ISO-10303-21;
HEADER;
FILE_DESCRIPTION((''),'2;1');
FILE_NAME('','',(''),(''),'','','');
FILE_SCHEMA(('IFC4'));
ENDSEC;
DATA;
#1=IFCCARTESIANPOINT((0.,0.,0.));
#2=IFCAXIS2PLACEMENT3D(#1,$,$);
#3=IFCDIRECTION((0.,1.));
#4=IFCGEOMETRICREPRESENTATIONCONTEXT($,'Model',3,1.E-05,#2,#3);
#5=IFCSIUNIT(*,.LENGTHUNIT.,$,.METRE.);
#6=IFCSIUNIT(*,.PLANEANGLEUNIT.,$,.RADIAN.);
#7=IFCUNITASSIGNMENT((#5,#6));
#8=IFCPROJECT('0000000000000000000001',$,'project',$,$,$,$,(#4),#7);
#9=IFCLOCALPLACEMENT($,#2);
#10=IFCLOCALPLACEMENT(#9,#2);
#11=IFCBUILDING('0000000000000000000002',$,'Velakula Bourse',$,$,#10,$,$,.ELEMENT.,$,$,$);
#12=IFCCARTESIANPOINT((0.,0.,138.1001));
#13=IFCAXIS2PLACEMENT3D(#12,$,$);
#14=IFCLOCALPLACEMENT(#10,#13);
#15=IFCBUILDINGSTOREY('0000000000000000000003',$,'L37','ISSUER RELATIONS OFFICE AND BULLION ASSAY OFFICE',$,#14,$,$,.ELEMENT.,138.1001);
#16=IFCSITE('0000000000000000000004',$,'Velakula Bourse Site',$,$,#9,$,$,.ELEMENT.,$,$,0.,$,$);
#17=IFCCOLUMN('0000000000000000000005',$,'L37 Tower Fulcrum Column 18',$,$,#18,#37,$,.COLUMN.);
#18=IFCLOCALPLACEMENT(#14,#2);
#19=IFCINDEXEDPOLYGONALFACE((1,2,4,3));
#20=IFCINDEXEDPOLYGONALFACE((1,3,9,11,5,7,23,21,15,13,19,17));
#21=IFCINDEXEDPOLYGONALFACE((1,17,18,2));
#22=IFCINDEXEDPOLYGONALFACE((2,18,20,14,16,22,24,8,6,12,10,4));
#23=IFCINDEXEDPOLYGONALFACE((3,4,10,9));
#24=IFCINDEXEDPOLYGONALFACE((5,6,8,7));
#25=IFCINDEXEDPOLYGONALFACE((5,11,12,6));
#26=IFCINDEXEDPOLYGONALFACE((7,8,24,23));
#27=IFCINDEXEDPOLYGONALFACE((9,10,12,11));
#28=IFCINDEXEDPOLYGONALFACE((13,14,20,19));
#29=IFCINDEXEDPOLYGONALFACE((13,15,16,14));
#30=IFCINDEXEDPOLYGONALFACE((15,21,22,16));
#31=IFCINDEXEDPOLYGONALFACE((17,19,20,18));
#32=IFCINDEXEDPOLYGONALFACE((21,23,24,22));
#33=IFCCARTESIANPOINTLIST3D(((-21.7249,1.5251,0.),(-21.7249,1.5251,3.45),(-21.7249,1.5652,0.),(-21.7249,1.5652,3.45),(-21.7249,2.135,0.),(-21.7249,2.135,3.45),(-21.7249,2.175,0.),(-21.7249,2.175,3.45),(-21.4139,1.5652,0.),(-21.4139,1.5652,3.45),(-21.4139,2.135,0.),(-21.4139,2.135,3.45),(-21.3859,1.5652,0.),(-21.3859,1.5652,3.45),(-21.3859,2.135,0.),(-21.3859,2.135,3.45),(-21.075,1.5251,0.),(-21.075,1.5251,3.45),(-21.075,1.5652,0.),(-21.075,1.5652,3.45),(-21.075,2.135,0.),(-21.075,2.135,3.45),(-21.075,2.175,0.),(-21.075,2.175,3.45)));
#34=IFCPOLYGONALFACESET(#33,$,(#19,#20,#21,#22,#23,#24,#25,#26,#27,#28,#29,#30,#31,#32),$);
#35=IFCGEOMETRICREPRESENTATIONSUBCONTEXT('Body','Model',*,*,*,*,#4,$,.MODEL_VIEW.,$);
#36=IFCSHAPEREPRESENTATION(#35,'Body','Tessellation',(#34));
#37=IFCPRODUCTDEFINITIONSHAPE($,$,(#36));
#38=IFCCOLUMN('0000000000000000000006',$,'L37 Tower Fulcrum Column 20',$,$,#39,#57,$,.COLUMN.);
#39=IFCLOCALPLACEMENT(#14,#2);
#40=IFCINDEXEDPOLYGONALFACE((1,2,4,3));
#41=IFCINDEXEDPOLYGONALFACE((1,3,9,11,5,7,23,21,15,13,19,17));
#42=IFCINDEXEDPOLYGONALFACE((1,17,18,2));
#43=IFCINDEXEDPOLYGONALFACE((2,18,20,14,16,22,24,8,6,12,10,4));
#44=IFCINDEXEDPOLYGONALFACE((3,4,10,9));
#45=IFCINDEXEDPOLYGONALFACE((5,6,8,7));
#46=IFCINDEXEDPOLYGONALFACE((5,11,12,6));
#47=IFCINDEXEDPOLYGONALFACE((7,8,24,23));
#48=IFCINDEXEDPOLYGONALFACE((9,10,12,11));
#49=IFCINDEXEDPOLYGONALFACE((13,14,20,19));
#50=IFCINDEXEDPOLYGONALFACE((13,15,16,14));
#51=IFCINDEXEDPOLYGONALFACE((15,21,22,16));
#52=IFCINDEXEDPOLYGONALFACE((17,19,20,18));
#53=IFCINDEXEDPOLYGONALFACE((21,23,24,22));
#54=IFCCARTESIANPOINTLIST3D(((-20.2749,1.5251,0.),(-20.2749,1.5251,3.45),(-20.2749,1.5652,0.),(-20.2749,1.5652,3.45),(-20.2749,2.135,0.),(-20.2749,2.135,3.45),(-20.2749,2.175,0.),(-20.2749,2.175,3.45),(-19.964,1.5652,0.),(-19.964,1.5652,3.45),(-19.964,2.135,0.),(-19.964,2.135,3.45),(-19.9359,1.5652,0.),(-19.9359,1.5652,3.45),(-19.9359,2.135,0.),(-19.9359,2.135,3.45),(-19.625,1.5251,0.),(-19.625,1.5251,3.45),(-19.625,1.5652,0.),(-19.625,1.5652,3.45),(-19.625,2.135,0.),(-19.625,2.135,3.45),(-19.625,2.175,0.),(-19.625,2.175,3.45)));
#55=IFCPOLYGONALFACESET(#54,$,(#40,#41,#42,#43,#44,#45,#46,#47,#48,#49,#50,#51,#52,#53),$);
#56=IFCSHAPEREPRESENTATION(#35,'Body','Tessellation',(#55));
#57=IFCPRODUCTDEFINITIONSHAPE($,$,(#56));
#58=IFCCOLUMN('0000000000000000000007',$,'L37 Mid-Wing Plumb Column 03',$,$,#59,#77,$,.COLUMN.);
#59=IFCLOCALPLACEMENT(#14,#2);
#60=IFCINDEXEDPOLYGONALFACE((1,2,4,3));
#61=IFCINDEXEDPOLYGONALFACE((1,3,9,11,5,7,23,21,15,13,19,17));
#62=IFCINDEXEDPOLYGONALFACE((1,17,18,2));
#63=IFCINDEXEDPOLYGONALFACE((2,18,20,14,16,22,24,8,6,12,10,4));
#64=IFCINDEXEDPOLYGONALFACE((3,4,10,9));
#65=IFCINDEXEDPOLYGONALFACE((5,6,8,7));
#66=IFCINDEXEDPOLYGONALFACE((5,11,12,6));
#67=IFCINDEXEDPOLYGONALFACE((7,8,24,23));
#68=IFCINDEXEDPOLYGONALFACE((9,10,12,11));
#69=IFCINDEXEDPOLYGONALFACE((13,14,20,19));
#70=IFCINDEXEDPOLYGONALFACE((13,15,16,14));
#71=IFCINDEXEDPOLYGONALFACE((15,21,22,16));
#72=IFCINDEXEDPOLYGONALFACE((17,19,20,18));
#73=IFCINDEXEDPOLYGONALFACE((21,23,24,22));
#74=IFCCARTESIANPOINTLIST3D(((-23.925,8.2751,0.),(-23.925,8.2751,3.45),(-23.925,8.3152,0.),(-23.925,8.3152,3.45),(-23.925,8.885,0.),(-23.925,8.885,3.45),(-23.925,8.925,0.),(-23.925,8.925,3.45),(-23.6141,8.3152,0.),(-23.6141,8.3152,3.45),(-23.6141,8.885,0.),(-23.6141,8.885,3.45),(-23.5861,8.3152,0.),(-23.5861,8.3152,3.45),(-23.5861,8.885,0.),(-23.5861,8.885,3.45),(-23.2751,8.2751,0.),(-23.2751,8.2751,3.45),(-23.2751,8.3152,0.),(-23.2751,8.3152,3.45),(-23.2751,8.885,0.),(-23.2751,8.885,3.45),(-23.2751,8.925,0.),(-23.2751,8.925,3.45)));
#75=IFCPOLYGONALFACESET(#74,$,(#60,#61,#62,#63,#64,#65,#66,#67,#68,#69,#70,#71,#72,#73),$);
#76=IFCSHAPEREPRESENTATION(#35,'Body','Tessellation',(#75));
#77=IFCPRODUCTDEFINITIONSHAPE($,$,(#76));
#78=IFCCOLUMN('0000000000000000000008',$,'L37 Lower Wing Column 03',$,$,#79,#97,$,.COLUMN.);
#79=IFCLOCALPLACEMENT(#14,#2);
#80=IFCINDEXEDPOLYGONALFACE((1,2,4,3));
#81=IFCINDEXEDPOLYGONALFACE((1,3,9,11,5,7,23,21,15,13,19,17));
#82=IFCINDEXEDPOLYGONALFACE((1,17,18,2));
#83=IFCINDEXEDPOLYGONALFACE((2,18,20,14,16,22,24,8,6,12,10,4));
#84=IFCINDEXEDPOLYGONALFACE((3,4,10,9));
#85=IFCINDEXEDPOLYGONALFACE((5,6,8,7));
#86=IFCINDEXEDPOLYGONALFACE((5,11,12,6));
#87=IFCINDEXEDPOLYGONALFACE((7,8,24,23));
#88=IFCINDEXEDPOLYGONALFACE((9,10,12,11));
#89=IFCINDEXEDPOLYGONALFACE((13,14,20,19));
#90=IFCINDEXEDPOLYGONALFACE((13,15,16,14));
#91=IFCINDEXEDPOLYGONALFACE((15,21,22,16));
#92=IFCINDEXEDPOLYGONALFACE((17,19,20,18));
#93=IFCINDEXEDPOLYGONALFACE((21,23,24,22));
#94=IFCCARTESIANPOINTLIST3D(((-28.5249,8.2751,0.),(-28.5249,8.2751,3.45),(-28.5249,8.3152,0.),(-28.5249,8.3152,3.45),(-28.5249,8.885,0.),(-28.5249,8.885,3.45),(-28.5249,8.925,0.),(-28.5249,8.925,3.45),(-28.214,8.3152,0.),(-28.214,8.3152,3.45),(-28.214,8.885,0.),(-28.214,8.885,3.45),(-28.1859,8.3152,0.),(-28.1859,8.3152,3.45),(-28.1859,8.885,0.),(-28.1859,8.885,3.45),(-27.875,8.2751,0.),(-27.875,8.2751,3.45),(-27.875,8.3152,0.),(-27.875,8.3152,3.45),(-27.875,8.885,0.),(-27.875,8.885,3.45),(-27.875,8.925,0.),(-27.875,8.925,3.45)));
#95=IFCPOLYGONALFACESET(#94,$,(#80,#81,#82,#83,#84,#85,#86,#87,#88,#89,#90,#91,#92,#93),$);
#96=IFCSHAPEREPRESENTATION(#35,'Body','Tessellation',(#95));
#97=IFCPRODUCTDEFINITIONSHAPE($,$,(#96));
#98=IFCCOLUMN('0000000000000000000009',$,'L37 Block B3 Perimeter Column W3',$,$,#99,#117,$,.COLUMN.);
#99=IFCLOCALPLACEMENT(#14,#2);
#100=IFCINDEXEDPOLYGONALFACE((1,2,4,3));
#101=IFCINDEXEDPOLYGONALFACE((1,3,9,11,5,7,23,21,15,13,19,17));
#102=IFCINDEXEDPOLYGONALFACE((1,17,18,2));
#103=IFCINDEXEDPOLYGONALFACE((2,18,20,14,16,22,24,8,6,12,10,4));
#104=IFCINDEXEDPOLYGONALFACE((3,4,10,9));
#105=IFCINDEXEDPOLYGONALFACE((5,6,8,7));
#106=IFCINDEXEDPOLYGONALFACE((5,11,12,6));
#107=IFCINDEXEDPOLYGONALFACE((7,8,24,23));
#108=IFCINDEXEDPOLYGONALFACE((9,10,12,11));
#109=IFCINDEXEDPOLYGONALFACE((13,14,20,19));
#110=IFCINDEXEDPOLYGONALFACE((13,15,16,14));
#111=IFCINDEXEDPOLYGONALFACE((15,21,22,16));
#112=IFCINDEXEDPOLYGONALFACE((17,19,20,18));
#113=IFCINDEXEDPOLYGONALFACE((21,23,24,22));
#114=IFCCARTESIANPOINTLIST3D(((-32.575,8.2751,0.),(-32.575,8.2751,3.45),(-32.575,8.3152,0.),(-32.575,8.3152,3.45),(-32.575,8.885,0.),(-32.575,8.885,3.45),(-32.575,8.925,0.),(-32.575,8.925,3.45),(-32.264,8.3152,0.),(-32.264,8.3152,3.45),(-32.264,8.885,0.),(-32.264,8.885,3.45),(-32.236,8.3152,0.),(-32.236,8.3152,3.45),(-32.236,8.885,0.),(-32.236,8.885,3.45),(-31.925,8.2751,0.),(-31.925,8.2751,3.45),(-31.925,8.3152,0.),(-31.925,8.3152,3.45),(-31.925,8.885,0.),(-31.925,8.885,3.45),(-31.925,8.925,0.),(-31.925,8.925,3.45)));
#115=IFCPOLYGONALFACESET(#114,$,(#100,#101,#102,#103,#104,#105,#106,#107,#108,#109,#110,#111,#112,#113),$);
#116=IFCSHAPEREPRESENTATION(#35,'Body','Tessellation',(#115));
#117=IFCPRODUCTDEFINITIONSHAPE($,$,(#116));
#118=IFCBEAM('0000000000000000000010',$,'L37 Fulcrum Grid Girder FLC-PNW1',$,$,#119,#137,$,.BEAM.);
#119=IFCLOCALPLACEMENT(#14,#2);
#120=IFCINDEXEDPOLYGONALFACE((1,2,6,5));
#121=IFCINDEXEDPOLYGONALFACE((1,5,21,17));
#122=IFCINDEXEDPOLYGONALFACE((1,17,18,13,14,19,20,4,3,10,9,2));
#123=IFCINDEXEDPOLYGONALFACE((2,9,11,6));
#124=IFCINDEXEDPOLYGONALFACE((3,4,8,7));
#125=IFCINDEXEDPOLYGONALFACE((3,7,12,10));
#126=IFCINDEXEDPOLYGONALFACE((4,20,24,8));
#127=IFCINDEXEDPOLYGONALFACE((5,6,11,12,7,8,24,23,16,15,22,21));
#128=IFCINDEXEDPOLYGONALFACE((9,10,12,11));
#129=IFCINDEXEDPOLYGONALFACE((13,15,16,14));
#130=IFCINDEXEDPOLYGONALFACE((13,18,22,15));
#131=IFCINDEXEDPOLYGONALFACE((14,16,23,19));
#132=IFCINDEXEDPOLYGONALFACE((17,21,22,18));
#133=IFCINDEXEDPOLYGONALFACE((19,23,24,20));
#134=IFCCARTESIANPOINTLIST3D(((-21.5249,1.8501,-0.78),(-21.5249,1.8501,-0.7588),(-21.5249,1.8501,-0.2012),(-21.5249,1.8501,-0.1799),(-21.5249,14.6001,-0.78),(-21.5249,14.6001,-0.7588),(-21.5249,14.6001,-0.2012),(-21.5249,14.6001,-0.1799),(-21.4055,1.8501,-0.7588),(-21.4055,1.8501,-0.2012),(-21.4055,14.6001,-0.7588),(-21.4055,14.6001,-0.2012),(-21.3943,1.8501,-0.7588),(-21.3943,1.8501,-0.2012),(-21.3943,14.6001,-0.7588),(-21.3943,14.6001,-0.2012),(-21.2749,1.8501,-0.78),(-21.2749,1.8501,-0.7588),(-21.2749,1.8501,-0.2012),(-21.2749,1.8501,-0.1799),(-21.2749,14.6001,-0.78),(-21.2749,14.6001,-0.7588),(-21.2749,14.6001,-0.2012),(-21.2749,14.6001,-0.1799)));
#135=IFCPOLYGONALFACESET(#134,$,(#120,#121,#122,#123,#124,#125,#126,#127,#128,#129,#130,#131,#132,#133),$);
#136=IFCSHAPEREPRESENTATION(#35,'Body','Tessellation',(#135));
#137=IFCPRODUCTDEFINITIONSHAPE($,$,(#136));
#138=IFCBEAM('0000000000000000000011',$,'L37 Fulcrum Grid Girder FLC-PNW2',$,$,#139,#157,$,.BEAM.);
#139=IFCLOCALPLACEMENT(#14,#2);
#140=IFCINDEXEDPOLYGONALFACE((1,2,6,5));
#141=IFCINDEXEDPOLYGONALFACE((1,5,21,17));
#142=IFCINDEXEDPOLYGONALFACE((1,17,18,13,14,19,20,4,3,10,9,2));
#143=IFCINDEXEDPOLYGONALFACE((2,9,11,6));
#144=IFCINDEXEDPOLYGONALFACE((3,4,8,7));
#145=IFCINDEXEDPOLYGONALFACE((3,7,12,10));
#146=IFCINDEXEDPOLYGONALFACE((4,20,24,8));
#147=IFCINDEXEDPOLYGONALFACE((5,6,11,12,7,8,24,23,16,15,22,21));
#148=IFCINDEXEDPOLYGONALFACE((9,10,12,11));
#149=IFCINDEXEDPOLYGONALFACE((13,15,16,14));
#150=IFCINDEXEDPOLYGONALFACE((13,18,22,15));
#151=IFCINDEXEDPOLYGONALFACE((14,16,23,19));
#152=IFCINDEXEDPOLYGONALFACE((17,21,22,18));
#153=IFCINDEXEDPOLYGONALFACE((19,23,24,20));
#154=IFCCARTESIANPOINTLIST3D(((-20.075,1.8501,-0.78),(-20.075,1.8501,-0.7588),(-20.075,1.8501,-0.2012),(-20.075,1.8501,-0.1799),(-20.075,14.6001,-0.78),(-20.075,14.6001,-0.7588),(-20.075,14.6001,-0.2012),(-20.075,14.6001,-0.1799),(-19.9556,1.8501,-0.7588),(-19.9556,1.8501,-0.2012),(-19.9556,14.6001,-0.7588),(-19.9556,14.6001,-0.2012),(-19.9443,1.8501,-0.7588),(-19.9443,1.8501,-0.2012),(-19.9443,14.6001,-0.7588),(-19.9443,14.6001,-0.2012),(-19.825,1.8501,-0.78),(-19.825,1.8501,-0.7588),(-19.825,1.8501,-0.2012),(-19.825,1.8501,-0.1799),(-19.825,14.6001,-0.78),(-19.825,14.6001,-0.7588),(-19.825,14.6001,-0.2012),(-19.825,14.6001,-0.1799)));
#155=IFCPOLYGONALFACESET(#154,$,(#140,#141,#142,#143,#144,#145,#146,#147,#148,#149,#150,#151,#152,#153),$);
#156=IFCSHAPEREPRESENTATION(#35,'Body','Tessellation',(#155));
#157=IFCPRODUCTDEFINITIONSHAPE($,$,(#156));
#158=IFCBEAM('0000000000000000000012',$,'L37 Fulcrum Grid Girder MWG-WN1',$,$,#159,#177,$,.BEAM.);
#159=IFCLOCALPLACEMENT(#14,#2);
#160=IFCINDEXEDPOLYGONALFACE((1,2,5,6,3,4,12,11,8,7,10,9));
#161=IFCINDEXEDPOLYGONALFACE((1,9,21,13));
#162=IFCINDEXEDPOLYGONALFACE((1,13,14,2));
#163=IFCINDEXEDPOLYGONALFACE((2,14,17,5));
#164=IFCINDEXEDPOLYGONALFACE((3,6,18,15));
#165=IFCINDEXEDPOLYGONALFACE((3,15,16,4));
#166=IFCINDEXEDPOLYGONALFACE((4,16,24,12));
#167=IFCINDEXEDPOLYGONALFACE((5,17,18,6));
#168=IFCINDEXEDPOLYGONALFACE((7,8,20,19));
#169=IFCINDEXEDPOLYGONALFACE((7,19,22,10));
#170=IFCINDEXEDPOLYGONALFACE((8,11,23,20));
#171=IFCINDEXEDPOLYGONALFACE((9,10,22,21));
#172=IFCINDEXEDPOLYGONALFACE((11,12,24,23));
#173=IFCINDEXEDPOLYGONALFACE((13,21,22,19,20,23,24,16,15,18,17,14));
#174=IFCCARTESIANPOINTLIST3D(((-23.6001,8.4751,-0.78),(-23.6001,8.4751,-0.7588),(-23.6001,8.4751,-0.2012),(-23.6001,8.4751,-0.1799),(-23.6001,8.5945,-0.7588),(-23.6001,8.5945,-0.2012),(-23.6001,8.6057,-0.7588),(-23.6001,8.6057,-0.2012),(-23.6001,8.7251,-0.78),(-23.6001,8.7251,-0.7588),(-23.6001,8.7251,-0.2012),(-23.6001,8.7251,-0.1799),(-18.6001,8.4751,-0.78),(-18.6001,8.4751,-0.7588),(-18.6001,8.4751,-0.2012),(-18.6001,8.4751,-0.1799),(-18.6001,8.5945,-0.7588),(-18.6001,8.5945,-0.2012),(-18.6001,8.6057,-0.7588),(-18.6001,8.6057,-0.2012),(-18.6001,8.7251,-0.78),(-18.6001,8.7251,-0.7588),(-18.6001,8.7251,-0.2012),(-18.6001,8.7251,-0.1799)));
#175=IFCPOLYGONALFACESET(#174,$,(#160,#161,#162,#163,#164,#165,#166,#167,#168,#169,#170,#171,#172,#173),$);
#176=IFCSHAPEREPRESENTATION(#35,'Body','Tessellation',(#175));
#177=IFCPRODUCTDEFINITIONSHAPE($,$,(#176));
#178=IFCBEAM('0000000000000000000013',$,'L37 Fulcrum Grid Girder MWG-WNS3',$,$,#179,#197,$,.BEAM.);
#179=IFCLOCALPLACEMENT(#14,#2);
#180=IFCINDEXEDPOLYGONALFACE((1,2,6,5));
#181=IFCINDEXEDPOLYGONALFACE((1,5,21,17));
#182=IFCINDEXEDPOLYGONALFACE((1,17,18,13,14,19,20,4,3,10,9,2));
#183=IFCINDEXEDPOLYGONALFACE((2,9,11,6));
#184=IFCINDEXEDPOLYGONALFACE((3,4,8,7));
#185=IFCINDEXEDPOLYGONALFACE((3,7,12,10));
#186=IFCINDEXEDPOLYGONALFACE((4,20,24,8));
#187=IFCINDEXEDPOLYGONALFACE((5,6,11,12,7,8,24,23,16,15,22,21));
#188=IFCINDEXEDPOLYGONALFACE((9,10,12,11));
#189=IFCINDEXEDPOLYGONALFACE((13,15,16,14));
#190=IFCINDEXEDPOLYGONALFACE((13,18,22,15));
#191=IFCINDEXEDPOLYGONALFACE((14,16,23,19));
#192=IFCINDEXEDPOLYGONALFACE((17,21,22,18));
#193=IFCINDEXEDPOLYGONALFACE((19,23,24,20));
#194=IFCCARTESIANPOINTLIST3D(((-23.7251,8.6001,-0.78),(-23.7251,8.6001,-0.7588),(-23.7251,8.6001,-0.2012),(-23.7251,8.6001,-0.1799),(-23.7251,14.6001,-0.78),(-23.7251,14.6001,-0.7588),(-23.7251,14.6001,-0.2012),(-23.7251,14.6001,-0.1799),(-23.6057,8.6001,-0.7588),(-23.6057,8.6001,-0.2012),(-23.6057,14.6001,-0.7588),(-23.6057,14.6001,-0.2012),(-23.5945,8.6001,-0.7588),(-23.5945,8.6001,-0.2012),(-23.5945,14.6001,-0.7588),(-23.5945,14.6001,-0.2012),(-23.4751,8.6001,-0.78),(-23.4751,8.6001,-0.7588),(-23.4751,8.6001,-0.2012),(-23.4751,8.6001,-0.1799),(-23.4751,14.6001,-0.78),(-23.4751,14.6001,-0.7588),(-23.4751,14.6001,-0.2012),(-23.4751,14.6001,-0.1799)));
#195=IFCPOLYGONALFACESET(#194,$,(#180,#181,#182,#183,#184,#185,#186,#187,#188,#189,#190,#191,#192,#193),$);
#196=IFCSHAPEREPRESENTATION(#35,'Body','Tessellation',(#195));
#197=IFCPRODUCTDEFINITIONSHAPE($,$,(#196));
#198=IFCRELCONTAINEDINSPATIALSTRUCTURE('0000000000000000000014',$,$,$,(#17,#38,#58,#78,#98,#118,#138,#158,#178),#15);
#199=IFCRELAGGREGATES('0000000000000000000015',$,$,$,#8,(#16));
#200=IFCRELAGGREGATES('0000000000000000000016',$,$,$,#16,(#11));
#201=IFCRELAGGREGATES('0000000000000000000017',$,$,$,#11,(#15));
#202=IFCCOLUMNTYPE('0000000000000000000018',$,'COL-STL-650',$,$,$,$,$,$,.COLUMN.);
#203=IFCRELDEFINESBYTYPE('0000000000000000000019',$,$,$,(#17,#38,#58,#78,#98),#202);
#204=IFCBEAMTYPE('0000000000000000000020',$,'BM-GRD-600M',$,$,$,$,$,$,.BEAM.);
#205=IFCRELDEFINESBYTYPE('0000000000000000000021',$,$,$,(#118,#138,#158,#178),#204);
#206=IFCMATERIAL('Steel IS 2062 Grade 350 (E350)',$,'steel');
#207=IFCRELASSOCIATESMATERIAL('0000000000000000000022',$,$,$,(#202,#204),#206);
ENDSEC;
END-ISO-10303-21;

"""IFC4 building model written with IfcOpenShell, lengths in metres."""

from ifc_helpers import new_model, si_unit, direction, frame, origin, origin_2d, place, context, subcontext, project, spatial, i_section, extrude, material, material_profile, profile_set, type_object, element, save


model = new_model("IFC4")

# Units and contexts
model_context = context("Model", 3, precision=1e-05, world=origin(), true_north=direction((0.0, 1.0)))
body_context = subcontext(model_context, "Body", "Model", "MODEL_VIEW")
ifc_project = project(units=[si_unit("LENGTHUNIT", "METRE"), si_unit("PLANEANGLEUNIT", "RADIAN")], contexts=[model_context])

# Site, building, storey
site_placement = place(None, origin())
site = spatial("IfcSite", under=ifc_project, at=site_placement, Name="Velakula Bourse Site", CompositionType="ELEMENT", RefElevation=0.0)
building_placement = place(site_placement, origin())
building = spatial("IfcBuilding", under=site, at=building_placement, Name="Velakula Bourse", CompositionType="ELEMENT")
storey_placement = place(building_placement, frame((0.0, 0.0, 138.1001)))
storey = spatial("IfcBuildingStorey", under=building, at=storey_placement, Name="L37", Description="ISSUER RELATIONS OFFICE AND BULLION ASSAY OFFICE", CompositionType="ELEMENT", Elevation=138.1001)

# Columns
ifc_material_1 = material(Name="Steel IS 2062 Grade 350 (E350)", Category="steel")
ifc_material_profile_1 = material_profile(ifc_material_1, i_section(OverallWidth=0.6499, OverallDepth=0.6499, WebThickness=0.0281, FlangeThickness=0.04, at=origin_2d()), Name="Steel IS 2062 Grade 350 (E350)")
ifc_profile_set_1 = profile_set([ifc_material_profile_1], Name="Steel IS 2062 Grade 350 (E350)")
column_type = type_object("IfcColumnType", Name="COL-STL-650", PredefinedType="COLUMN", material=ifc_profile_set_1)
for number, where, z_axis, x_axis, name in (
    (1, (-21.3999, 1.8501, 0.0), (0.0, 0.0, 1.0), (1.0, 0.0, 0.0), "L37 Tower Fulcrum Column 18"),
    (2, (-19.95, 1.8501, 0.0), (0.0, 0.0, 1.0), (1.0, 0.0, 0.0), "L37 Tower Fulcrum Column 20"),
    (3, (-23.6001, 8.6001, 0.0), (0.0, 0.0, 1.0), (1.0, 0.0, 0.0), "L37 Mid-Wing Plumb Column 03"),
    (4, (-28.2, 8.6001, 0.0), (0.0, 0.0, 1.0), (1.0, 0.0, 0.0), "L37 Lower Wing Column 03"),
    (5, (-32.25, 8.6001, 0.0), (0.0, 0.0, 1.0), (1.0, 0.0, 0.0), "L37 Block B3 Perimeter Column W3"),
):
    element("IfcColumn", number, at=place(storey_placement, frame(where, z_axis=z_axis, x_axis=x_axis)), inside=storey, type_object=column_type, Name=name, PredefinedType="COLUMN", context=body_context, shape_type="SweptSolid", body=[
        extrude(i_section(OverallWidth=0.6499, OverallDepth=0.6499, WebThickness=0.0281, FlangeThickness=0.04, at=origin_2d()), origin(), (0.0, 0.0, 1.0), 3.45),
    ])

# Beams
ifc_material_profile_2 = material_profile(ifc_material_1, i_section(OverallWidth=0.25, OverallDepth=0.6001, WebThickness=0.0112, FlangeThickness=0.0212, at=origin_2d()), Name="Steel IS 2062 Grade 350 (E350)")
ifc_profile_set_2 = profile_set([ifc_material_profile_2], Name="Steel IS 2062 Grade 350 (E350)")
beam_type_1 = type_object("IfcBeamType", Name="BM-GRD-600M", PredefinedType="BEAM", material=ifc_profile_set_2)
for number, where, z_axis, x_axis, name in (
    (6, (-21.3999, 1.8501, -0.48), (0.0, 1.0, 0.0), (-1.0, 0.0, 0.0), "L37 Fulcrum Grid Girder FLC-PNW1"),
    (7, (-19.95, 1.8501, -0.48), (0.0, 1.0, 0.0), (-1.0, 0.0, 0.0), "L37 Fulcrum Grid Girder FLC-PNW2"),
):
    element("IfcBeam", number, at=place(storey_placement, frame(where, z_axis=z_axis, x_axis=x_axis)), inside=storey, type_object=beam_type_1, Name=name, PredefinedType="BEAM", context=body_context, shape_type="SweptSolid", body=[
        extrude(i_section(OverallWidth=0.25, OverallDepth=0.6001, WebThickness=0.0112, FlangeThickness=0.0212, at=origin_2d()), origin(), (0.0, 0.0, 1.0), 12.75),
    ])
beam_1_placement = place(storey_placement, frame((-23.6001, 8.6001, -0.48), z_axis=(1.0, 0.0, 0.0), x_axis=(0.0, 1.0, 0.0)))
element("IfcBeam", 8, at=beam_1_placement, inside=storey, type_object=beam_type_1, Name="L37 Fulcrum Grid Girder MWG-WN1", PredefinedType="BEAM", context=body_context, shape_type="SweptSolid", body=[
    extrude(i_section(OverallWidth=0.25, OverallDepth=0.6001, WebThickness=0.0112, FlangeThickness=0.0212, at=origin_2d()), origin(), (0.0, 0.0, 1.0), 5.0),
])
beam_2_placement = place(storey_placement, frame((-23.6001, 8.6001, -0.48), z_axis=(0.0, 1.0, 0.0), x_axis=(-1.0, 0.0, 0.0)))
element("IfcBeam", 9, at=beam_2_placement, inside=storey, type_object=beam_type_1, Name="L37 Fulcrum Grid Girder MWG-WNS3", PredefinedType="BEAM", context=body_context, shape_type="SweptSolid", body=[
    extrude(i_section(OverallWidth=0.25, OverallDepth=0.6001, WebThickness=0.0112, FlangeThickness=0.0212, at=origin_2d()), origin(), (0.0, 0.0, 1.0), 6.0),
])

save(model, "model.ifc")
